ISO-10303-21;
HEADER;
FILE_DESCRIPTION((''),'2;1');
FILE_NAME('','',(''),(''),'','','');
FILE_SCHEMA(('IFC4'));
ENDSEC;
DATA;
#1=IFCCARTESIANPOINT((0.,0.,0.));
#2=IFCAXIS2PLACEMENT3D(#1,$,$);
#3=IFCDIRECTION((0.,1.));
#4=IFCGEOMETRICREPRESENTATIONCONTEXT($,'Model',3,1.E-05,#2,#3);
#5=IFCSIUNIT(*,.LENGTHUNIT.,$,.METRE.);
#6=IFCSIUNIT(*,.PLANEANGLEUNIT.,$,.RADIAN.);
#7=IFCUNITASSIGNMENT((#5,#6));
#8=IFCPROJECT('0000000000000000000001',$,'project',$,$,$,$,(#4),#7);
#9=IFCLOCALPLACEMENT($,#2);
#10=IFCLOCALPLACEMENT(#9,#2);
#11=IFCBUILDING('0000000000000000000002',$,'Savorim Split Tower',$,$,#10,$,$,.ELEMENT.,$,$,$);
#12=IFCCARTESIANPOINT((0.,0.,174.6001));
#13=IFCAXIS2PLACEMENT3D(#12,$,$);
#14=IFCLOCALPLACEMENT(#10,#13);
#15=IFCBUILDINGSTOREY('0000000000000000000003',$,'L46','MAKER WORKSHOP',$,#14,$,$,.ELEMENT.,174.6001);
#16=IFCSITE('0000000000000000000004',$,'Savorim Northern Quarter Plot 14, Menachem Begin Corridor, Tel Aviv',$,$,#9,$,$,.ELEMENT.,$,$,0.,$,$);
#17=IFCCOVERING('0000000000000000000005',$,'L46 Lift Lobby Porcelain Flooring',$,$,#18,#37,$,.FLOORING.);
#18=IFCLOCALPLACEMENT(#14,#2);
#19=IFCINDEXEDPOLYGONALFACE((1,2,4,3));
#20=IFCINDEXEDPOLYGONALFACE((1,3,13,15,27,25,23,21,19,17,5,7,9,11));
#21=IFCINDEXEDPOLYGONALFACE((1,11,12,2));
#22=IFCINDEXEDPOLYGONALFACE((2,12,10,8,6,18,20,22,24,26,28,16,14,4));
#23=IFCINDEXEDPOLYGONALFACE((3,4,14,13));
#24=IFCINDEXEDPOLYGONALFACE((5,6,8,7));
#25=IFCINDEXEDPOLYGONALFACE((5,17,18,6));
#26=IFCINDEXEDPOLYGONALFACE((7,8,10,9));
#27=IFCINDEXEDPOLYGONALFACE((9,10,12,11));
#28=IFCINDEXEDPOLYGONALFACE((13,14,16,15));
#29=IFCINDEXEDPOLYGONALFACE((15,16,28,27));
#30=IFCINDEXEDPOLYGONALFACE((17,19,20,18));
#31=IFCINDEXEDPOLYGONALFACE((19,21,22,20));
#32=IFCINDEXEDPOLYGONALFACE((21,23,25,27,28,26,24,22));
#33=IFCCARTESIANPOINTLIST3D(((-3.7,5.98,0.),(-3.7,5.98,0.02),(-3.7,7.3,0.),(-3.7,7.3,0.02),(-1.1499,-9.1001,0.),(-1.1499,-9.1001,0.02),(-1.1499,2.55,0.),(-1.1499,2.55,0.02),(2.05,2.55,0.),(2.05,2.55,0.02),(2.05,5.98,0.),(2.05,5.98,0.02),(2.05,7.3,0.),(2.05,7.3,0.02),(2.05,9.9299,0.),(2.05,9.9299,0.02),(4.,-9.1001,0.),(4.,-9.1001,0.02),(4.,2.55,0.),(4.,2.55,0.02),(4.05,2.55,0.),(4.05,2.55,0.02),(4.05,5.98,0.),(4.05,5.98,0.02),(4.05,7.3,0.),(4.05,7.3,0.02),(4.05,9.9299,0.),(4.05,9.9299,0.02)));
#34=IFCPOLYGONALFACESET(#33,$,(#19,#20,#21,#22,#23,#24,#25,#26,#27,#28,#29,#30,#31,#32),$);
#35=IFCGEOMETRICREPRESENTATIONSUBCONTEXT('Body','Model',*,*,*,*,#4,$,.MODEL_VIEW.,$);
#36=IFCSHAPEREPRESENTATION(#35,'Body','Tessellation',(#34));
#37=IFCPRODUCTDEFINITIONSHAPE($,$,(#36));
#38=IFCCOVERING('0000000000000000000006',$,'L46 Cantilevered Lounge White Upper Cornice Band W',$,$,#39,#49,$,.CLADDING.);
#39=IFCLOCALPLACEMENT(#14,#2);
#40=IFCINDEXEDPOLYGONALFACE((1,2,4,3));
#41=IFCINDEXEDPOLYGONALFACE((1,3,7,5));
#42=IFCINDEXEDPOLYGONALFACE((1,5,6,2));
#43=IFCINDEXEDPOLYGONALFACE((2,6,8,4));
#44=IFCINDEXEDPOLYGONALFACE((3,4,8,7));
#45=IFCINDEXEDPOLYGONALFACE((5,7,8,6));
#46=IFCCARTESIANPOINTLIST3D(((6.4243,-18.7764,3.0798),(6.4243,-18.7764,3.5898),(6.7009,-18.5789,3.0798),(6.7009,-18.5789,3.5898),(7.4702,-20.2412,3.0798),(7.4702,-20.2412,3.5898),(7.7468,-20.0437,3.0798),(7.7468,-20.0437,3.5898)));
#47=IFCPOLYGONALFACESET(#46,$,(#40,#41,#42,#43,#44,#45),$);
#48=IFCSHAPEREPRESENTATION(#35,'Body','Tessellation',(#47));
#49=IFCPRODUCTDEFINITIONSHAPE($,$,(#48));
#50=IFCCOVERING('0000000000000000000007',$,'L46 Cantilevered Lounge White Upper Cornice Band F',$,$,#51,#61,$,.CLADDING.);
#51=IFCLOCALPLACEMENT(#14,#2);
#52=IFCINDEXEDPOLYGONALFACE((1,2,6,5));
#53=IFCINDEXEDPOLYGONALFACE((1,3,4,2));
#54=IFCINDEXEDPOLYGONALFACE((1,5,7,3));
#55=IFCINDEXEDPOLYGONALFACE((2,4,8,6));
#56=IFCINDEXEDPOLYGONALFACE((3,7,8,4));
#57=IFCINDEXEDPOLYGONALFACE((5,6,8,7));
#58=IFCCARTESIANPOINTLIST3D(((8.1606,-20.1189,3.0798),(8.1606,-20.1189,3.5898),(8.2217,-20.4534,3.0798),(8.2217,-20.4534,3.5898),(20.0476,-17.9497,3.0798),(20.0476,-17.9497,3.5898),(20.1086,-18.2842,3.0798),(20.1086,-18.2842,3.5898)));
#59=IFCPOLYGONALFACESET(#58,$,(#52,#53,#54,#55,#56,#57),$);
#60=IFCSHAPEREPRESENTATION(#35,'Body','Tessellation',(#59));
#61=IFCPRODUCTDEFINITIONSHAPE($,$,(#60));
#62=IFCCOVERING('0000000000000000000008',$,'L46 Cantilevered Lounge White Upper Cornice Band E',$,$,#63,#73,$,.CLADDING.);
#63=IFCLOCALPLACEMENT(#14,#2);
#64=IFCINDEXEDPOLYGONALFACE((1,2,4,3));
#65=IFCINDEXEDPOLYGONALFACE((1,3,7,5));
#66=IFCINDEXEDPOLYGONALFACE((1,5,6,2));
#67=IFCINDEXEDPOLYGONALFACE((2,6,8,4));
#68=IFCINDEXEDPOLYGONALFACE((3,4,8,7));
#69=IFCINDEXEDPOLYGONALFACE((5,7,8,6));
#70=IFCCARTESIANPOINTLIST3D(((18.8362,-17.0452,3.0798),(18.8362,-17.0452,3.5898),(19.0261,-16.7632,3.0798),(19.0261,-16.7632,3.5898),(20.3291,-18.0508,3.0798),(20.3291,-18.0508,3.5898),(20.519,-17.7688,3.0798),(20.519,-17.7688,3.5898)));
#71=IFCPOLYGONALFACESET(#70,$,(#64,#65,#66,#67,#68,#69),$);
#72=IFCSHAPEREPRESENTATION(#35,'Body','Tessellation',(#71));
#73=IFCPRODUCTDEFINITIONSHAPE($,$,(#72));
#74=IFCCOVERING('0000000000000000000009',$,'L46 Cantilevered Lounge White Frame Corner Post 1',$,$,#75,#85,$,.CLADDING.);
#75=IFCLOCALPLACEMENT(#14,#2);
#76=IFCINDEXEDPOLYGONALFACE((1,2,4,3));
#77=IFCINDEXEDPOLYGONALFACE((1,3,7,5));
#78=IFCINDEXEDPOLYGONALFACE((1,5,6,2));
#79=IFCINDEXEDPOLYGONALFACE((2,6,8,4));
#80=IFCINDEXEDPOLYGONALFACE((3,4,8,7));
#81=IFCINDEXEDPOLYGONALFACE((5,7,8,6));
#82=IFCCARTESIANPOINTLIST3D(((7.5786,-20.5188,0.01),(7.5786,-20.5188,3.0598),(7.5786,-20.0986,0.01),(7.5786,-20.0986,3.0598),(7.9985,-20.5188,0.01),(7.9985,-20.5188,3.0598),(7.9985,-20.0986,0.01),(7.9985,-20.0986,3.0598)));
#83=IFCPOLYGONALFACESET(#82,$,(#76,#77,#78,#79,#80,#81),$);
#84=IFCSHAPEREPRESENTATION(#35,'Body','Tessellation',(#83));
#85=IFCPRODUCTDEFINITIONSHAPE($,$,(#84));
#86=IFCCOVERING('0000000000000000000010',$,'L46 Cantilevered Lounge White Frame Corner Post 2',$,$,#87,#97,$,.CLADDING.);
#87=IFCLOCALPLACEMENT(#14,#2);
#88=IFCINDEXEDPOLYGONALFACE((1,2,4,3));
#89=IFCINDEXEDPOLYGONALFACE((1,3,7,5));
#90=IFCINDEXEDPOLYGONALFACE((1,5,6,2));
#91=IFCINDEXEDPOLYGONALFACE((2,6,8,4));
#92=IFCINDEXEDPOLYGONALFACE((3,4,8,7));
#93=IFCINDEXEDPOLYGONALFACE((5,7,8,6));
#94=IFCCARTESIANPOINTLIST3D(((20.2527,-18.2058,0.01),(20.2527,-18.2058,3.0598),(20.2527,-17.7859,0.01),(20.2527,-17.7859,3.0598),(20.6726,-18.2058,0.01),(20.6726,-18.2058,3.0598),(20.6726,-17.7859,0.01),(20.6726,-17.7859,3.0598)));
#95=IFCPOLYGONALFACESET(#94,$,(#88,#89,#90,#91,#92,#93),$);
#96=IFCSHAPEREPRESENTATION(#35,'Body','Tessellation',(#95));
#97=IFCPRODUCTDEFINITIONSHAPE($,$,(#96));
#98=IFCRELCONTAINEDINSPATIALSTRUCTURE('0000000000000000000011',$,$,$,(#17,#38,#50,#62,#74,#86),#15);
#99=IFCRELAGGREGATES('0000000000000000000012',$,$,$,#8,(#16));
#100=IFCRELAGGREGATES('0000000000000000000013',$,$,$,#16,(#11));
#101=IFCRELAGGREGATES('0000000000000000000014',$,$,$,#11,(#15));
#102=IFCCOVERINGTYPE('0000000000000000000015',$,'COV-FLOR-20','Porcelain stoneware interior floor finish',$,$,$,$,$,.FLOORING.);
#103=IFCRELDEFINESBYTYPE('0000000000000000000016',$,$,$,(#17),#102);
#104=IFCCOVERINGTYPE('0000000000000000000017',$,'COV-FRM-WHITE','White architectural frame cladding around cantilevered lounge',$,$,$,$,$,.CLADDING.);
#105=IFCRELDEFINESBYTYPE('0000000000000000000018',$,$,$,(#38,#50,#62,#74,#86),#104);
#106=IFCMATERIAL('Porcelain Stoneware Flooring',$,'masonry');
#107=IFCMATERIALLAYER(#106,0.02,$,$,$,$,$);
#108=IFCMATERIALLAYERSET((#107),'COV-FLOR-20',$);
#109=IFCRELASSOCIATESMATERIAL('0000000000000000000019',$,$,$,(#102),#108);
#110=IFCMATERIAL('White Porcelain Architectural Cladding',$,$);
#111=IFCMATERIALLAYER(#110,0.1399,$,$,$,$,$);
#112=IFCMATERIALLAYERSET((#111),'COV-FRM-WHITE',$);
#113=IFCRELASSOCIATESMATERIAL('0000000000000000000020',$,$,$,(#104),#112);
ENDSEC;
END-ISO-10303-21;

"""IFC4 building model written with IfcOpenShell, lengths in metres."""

from ifc_helpers import new_model, si_unit, direction, frame, origin, place, context, subcontext, project, spatial, polyline, outline, extrude, material, layer, layer_set, type_object, element, save


model = new_model("IFC4")

# Units and contexts
model_context = context("Model", 3, precision=1e-05, world=origin(), true_north=direction((0.0, 1.0)))
body_context = subcontext(model_context, "Body", "Model", "MODEL_VIEW")
ifc_project = project(units=[si_unit("LENGTHUNIT", "METRE"), si_unit("PLANEANGLEUNIT", "RADIAN")], contexts=[model_context])

# Site, building, storey
site_placement = place(None, origin())
site = spatial("IfcSite", under=ifc_project, at=site_placement, Name="Savorim Northern Quarter Plot 14, Menachem Begin Corridor, Tel Aviv", CompositionType="ELEMENT", RefElevation=0.0)
building_placement = place(site_placement, origin())
building = spatial("IfcBuilding", under=site, at=building_placement, Name="Savorim Split Tower", CompositionType="ELEMENT")
storey_placement = place(building_placement, frame((0.0, 0.0, 174.6001)))
storey = spatial("IfcBuildingStorey", under=building, at=storey_placement, Name="L46", Description="MAKER WORKSHOP", CompositionType="ELEMENT", Elevation=174.6001)

# Coverings
ifc_material_1 = material(Name="Porcelain Stoneware Flooring", Category="masonry")
ifc_layer_1 = layer(ifc_material_1, 0.02)
ifc_layer_set_1 = layer_set([ifc_layer_1], Name="COV-FLOR-20")
covering_type_1 = type_object("IfcCoveringType", Name="COV-FLOR-20", Description="Porcelain stoneware interior floor finish", PredefinedType="FLOORING", material=ifc_layer_set_1)
covering_1_placement = place(storey_placement, origin())
element("IfcCovering", 1, at=covering_1_placement, inside=storey, type_object=covering_type_1, Name="L46 Lift Lobby Porcelain Flooring", PredefinedType="FLOORING", context=body_context, shape_type="SweptSolid", body=[
    extrude(outline(polyline([(2.05, 2.55), (-1.1499, 2.55), (-1.1499, -9.1001), (4.0, -9.1001), (4.0, 2.55), (4.05, 2.55), (4.05, 5.98), (4.05, 7.3), (4.05, 9.9299), (2.05, 9.9299), (2.05, 7.3), (-3.7, 7.3), (-3.7, 5.98), (2.05, 5.98), (2.05, 2.55)])), origin(), (0.0, 0.0, 1.0), 0.02),
])
ifc_material_2 = material(Name="White Porcelain Architectural Cladding")
ifc_layer_2 = layer(ifc_material_2, 0.1399)
ifc_layer_set_2 = layer_set([ifc_layer_2], Name="COV-FRM-WHITE")
covering_type_2 = type_object("IfcCoveringType", Name="COV-FRM-WHITE", Description="White architectural frame cladding around cantilevered lounge", PredefinedType="CLADDING", material=ifc_layer_set_2)
covering_2_placement = place(storey_placement, frame((0.0, 0.0, 3.0798)))
element("IfcCovering", 2, at=covering_2_placement, inside=storey, type_object=covering_type_2, Name="L46 Cantilevered Lounge White Upper Cornice Band W", PredefinedType="CLADDING", context=body_context, shape_type="SweptSolid", body=[
    extrude(outline(polyline([(6.4243, -18.7764), (7.4702, -20.2412), (7.7468, -20.0437), (6.7009, -18.5789), (6.4243, -18.7764)])), origin(), (0.0, 0.0, 1.0), 0.51),
])
covering_3_placement = place(storey_placement, frame((0.0, 0.0, 3.0798)))
element("IfcCovering", 3, at=covering_3_placement, inside=storey, type_object=covering_type_2, Name="L46 Cantilevered Lounge White Upper Cornice Band F", PredefinedType="CLADDING", context=body_context, shape_type="SweptSolid", body=[
    extrude(outline(polyline([(8.2217, -20.4534), (20.1086, -18.2842), (20.0476, -17.9497), (8.1606, -20.1189), (8.2217, -20.4534)])), origin(), (0.0, 0.0, 1.0), 0.51),
])
covering_4_placement = place(storey_placement, frame((0.0, 0.0, 3.0798)))
element("IfcCovering", 4, at=covering_4_placement, inside=storey, type_object=covering_type_2, Name="L46 Cantilevered Lounge White Upper Cornice Band E", PredefinedType="CLADDING", context=body_context, shape_type="SweptSolid", body=[
    extrude(outline(polyline([(20.519, -17.7688), (19.0261, -16.7632), (18.8362, -17.0452), (20.3291, -18.0508), (20.519, -17.7688)])), origin(), (0.0, 0.0, 1.0), 0.51),
])
covering_5_placement = place(storey_placement, frame((0.0, 0.0, 0.01)))
element("IfcCovering", 5, at=covering_5_placement, inside=storey, type_object=covering_type_2, Name="L46 Cantilevered Lounge White Frame Corner Post 1", PredefinedType="CLADDING", context=body_context, shape_type="SweptSolid", body=[
    extrude(outline(polyline([(7.5786, -20.5188), (7.9985, -20.5188), (7.9985, -20.0986), (7.5786, -20.0986), (7.5786, -20.5188)])), origin(), (0.0, 0.0, 1.0), 3.0498),
])
covering_6_placement = place(storey_placement, frame((0.0, 0.0, 0.01)))
element("IfcCovering", 6, at=covering_6_placement, inside=storey, type_object=covering_type_2, Name="L46 Cantilevered Lounge White Frame Corner Post 2", PredefinedType="CLADDING", context=body_context, shape_type="SweptSolid", body=[
    extrude(outline(polyline([(20.2527, -18.2058), (20.6726, -18.2058), (20.6726, -17.7859), (20.2527, -17.7859), (20.2527, -18.2058)])), origin(), (0.0, 0.0, 1.0), 3.0498),
])

save(model, "model.ifc")
